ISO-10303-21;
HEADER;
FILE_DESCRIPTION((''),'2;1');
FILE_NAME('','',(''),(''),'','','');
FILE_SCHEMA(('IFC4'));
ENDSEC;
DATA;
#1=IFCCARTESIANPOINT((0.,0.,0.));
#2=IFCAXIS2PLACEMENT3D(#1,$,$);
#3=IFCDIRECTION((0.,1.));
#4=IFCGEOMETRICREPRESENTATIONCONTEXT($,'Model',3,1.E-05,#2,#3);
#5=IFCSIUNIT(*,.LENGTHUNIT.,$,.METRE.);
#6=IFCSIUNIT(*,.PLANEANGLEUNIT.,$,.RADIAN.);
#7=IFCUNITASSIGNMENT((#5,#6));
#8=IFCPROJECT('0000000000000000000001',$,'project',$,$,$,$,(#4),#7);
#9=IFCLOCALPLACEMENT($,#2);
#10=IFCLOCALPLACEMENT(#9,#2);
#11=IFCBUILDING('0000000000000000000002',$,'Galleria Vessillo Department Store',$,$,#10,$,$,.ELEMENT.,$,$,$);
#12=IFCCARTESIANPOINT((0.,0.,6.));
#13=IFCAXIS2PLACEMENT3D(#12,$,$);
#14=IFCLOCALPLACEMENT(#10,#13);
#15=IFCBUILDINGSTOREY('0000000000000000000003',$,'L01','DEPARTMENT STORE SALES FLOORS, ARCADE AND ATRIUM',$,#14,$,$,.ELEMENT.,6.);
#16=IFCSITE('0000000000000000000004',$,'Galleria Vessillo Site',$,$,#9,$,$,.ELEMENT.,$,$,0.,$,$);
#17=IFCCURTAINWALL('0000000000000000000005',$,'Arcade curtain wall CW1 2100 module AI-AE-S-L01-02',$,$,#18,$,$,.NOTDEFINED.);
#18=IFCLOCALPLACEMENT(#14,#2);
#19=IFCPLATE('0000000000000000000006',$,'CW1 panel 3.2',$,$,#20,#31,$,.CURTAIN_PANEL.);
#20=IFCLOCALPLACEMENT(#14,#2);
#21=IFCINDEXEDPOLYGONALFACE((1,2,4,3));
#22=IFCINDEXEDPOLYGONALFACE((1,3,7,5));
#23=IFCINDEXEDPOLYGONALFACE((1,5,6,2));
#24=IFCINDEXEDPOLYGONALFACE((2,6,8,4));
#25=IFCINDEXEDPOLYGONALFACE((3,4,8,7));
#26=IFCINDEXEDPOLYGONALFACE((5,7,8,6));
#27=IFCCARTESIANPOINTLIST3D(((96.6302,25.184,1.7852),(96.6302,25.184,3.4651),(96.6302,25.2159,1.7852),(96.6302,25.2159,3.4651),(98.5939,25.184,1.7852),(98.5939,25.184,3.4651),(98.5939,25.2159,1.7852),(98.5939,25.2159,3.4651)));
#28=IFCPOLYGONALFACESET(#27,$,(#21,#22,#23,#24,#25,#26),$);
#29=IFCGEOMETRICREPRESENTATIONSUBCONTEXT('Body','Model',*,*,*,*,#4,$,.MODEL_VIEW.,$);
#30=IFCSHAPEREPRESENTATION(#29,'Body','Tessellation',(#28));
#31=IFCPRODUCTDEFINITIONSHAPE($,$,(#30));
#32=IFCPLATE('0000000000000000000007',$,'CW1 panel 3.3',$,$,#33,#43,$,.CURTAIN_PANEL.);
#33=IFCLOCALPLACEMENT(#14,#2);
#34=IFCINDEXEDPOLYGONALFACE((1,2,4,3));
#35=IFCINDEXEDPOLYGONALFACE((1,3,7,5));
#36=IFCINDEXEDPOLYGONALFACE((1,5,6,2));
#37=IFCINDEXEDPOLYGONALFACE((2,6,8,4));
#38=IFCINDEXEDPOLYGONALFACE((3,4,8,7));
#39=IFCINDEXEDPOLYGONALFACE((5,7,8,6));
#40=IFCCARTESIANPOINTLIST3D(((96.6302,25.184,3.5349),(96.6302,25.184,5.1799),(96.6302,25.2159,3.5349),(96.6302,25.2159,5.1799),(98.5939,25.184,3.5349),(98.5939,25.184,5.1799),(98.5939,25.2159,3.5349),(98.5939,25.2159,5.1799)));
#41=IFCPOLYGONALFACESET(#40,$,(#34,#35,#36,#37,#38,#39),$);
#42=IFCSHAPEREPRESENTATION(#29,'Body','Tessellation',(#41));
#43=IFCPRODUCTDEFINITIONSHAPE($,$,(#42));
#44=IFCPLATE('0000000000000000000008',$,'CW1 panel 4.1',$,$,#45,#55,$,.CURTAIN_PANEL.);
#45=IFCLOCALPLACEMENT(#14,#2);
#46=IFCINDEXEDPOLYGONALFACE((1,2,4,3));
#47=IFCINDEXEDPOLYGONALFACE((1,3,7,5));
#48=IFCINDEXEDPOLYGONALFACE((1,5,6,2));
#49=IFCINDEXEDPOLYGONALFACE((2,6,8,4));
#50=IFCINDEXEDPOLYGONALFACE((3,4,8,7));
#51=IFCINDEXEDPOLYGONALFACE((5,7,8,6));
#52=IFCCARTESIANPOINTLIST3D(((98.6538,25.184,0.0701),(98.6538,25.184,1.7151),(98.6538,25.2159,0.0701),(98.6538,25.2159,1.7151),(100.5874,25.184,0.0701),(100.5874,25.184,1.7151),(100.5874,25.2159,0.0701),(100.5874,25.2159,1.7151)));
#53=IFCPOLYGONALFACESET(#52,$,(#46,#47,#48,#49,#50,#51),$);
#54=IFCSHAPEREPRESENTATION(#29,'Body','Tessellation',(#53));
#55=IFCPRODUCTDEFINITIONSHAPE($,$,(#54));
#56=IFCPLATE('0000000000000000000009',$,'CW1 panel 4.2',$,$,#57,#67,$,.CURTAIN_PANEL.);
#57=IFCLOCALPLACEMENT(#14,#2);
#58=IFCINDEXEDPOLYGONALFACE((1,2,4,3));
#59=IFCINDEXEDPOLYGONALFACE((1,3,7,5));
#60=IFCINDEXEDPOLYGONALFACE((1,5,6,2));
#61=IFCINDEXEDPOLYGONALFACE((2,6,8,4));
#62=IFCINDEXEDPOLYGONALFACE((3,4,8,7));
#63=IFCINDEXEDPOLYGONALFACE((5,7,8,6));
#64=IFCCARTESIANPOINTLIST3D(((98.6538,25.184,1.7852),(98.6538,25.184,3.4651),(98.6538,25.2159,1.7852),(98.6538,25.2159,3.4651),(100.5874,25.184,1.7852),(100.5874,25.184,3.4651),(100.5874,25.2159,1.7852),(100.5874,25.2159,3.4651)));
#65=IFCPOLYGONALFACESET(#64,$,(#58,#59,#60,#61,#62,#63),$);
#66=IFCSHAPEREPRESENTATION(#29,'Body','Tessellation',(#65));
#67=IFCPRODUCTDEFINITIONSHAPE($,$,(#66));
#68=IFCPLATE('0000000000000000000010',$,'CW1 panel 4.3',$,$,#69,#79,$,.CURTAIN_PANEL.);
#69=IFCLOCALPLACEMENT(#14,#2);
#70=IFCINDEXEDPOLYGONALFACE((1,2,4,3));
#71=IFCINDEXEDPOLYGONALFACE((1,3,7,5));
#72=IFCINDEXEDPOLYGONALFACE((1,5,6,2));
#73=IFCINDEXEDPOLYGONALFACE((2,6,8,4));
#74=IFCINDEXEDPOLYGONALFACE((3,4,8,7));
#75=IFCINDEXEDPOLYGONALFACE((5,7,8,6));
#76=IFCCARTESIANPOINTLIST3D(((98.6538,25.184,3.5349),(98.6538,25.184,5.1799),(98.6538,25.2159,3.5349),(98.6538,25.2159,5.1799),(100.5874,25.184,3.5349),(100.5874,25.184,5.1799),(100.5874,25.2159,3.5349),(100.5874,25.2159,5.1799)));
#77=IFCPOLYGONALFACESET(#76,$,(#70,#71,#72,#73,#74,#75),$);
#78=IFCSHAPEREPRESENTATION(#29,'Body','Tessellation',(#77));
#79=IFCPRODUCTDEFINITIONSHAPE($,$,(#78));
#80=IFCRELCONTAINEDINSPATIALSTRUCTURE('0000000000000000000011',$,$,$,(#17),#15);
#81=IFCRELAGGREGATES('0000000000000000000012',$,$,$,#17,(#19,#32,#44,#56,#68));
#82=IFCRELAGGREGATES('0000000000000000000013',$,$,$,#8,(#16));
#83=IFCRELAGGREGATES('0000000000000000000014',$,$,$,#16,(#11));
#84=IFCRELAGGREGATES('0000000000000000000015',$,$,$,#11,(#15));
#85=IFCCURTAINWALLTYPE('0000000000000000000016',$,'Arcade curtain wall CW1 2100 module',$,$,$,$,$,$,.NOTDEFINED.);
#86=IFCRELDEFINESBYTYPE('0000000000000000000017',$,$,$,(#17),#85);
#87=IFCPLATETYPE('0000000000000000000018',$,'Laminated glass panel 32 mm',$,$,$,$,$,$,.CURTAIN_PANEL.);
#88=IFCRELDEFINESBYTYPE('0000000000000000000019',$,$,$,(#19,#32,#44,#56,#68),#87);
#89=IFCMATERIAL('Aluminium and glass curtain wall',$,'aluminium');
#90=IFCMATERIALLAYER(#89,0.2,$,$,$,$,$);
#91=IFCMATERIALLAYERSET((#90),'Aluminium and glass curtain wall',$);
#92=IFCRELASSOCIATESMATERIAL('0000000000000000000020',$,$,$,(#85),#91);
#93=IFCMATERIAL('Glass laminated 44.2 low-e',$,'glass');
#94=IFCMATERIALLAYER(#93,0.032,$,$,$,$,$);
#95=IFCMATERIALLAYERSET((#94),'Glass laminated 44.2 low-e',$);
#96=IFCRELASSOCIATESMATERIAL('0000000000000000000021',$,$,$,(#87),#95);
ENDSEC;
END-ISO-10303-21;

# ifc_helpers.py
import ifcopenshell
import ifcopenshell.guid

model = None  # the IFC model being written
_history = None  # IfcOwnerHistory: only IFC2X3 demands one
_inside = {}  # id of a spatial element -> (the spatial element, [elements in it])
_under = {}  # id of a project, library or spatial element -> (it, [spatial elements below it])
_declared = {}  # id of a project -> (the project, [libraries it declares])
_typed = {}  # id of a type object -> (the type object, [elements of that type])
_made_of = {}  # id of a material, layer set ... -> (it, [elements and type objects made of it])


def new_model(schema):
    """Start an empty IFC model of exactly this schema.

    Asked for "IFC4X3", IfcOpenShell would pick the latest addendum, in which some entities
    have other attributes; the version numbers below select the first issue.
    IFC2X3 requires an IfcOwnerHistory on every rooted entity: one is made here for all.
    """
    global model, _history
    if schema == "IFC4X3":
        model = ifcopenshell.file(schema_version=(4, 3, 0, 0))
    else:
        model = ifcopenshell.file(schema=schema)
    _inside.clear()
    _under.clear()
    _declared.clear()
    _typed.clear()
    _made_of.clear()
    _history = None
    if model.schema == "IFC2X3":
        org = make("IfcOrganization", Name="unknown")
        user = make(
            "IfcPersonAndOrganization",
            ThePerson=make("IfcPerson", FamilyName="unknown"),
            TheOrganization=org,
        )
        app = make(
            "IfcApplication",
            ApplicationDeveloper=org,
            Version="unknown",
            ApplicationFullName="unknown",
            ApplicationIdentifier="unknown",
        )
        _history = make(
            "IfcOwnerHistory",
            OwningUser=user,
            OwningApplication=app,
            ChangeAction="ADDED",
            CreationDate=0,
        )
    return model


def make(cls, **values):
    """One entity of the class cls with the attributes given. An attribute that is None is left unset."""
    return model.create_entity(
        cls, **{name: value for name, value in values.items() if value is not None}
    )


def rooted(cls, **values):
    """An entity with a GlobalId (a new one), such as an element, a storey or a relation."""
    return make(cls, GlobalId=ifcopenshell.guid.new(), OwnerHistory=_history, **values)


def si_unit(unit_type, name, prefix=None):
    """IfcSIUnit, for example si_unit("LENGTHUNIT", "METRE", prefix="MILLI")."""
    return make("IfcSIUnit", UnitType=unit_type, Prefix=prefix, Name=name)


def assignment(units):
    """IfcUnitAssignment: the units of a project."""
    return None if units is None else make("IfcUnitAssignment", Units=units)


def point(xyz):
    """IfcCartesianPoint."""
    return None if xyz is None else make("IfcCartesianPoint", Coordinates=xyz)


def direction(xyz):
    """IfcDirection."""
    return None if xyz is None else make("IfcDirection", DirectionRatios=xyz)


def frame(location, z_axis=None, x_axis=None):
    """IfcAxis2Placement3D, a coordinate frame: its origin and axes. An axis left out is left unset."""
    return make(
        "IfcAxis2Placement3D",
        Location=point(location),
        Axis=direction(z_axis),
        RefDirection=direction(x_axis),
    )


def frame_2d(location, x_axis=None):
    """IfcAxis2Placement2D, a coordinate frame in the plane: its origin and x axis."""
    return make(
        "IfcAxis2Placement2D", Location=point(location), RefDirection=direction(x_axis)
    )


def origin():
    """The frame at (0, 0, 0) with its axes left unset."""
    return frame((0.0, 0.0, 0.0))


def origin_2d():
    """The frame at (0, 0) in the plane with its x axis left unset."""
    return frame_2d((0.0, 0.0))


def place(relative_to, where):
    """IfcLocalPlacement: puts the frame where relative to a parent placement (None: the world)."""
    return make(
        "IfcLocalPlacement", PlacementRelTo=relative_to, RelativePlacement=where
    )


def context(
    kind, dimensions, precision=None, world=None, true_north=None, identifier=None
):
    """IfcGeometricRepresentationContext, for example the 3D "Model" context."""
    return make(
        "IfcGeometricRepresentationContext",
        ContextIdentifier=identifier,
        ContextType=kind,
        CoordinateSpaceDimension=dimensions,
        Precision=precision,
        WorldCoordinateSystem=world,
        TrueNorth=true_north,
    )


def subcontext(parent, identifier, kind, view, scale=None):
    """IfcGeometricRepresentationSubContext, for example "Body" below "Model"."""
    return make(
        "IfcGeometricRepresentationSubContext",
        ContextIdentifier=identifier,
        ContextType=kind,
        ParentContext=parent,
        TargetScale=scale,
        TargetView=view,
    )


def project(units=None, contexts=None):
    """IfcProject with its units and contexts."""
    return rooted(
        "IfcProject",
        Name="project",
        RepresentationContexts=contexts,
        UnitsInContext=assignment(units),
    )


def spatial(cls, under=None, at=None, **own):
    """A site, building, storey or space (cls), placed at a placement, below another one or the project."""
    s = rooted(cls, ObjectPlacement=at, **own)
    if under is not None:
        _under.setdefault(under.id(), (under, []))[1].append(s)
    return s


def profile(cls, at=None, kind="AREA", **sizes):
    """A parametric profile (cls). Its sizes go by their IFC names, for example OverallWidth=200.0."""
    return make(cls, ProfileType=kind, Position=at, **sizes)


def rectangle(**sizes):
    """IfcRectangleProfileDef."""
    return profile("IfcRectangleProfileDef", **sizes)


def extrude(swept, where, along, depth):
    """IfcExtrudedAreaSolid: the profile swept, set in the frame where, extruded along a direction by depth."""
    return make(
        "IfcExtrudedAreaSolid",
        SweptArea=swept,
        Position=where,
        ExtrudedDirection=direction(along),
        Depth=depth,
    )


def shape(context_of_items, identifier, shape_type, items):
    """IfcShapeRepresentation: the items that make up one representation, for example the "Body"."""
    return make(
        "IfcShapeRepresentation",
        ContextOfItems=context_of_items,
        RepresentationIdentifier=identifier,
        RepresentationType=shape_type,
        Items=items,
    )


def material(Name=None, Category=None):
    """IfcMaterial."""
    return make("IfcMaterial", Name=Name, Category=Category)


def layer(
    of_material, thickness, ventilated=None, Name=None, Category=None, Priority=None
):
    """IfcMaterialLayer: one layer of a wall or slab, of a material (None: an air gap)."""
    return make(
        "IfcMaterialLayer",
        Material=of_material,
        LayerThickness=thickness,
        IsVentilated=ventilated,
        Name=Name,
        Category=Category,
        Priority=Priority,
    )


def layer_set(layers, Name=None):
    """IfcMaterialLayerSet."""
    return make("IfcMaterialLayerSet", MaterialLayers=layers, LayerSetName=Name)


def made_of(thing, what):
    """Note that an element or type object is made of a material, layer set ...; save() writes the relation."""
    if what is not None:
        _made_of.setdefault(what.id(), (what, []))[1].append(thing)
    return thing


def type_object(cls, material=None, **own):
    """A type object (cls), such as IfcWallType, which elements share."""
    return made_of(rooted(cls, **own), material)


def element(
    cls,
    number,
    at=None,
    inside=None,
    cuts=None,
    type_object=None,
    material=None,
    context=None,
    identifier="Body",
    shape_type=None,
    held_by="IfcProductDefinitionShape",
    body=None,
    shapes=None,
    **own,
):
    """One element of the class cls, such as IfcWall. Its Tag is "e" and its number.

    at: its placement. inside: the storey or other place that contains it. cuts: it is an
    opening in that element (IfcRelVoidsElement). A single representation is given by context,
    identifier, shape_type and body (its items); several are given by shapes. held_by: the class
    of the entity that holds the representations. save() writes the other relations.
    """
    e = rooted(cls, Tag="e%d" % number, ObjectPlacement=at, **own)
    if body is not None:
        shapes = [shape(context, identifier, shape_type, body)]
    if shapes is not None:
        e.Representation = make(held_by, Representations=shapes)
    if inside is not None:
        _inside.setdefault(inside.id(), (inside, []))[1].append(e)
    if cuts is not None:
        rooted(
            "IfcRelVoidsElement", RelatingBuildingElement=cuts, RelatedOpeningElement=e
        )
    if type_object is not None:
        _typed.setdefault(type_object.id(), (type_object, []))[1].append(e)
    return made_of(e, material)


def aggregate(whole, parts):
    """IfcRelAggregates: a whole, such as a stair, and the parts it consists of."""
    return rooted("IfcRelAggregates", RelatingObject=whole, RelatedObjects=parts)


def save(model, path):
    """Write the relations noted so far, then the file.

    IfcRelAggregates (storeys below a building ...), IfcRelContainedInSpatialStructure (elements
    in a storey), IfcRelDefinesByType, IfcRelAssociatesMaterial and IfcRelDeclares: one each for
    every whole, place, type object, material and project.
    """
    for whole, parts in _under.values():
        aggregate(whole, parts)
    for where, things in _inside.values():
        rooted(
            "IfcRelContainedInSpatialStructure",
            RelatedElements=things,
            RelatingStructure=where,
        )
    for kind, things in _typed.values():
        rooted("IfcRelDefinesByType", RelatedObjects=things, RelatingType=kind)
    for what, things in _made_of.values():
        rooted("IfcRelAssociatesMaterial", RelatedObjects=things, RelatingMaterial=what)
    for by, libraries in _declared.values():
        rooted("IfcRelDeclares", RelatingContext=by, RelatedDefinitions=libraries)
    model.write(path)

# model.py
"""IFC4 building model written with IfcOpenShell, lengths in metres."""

from ifc_helpers import new_model, si_unit, direction, frame, origin, origin_2d, place, context, subcontext, project, spatial, rectangle, extrude, material, layer, layer_set, type_object, element, aggregate, save


model = new_model("IFC4")

# Units and contexts
model_context = context("Model", 3, precision=1e-05, world=origin(), true_north=direction((0.0, 1.0)))
body_context = subcontext(model_context, "Body", "Model", "MODEL_VIEW")
ifc_project = project(units=[si_unit("LENGTHUNIT", "METRE"), si_unit("PLANEANGLEUNIT", "RADIAN")], contexts=[model_context])

# Site, building, storey
site_placement = place(None, origin())
site = spatial("IfcSite", under=ifc_project, at=site_placement, Name="Galleria Vessillo Site", CompositionType="ELEMENT", RefElevation=0.0)
building_placement = place(site_placement, origin())
building = spatial("IfcBuilding", under=site, at=building_placement, Name="Galleria Vessillo Department Store", CompositionType="ELEMENT")
storey_placement = place(building_placement, frame((0.0, 0.0, 6.0)))
storey = spatial("IfcBuildingStorey", under=building, at=storey_placement, Name="L01", Description="DEPARTMENT STORE SALES FLOORS, ARCADE AND ATRIUM", CompositionType="ELEMENT", Elevation=6.0)

# Curtain wall
ifc_material_1 = material(Name="Aluminium and glass curtain wall", Category="aluminium")
ifc_layer_1 = layer(ifc_material_1, 0.2)
ifc_layer_set_1 = layer_set([ifc_layer_1], Name="Aluminium and glass curtain wall")
curtain_wall_type_1 = type_object("IfcCurtainWallType", Name="Arcade curtain wall CW1 2100 module", PredefinedType="NOTDEFINED", material=ifc_layer_set_1)
curtain_wall_1_placement = place(storey_placement, origin())
curtain_wall_1 = element("IfcCurtainWall", 1, at=curtain_wall_1_placement, inside=storey, type_object=curtain_wall_type_1, Name="Arcade curtain wall CW1 2100 module AI-AE-S-L01-02", PredefinedType="NOTDEFINED")

# Plates
ifc_material_2 = material(Name="Glass laminated 44.2 low-e", Category="glass")
ifc_layer_2 = layer(ifc_material_2, 0.032)
ifc_layer_set_2 = layer_set([ifc_layer_2], Name="Glass laminated 44.2 low-e")
plate_type_1 = type_object("IfcPlateType", Name="Laminated glass panel 32 mm", PredefinedType="CURTAIN_PANEL", material=ifc_layer_set_2)
plate_1_placement = place(storey_placement, frame((97.6121, 25.2, 1.7852), z_axis=(0.0, 0.0, 1.0), x_axis=(1.0, 0.0, 0.0)))
plate_1 = element("IfcPlate", 2, at=plate_1_placement, type_object=plate_type_1, Name="CW1 panel 3.2", PredefinedType="CURTAIN_PANEL", context=body_context, shape_type="SweptSolid", body=[
    extrude(rectangle(XDim=1.9636, YDim=0.032, at=origin_2d()), origin(), (0.0, 0.0, 1.0), 1.6799),
])
plate_2_placement = place(storey_placement, frame((97.6121, 25.2, 3.5349), z_axis=(0.0, 0.0, 1.0), x_axis=(1.0, 0.0, 0.0)))
plate_2 = element("IfcPlate", 3, at=plate_2_placement, type_object=plate_type_1, Name="CW1 panel 3.3", PredefinedType="CURTAIN_PANEL", context=body_context, shape_type="SweptSolid", body=[
    extrude(rectangle(XDim=1.9636, YDim=0.032, at=origin_2d()), origin(), (0.0, 0.0, 1.0), 1.645),
])
plate_3_placement = place(storey_placement, frame((99.6206, 25.2, 0.0701), z_axis=(0.0, 0.0, 1.0), x_axis=(1.0, 0.0, 0.0)))
plate_3 = element("IfcPlate", 4, at=plate_3_placement, type_object=plate_type_1, Name="CW1 panel 4.1", PredefinedType="CURTAIN_PANEL", context=body_context, shape_type="SweptSolid", body=[
    extrude(rectangle(XDim=1.9336, YDim=0.032, at=origin_2d()), origin(), (0.0, 0.0, 1.0), 1.645),
])
plate_4_placement = place(storey_placement, frame((99.6206, 25.2, 1.7852), z_axis=(0.0, 0.0, 1.0), x_axis=(1.0, 0.0, 0.0)))
plate_4 = element("IfcPlate", 5, at=plate_4_placement, type_object=plate_type_1, Name="CW1 panel 4.2", PredefinedType="CURTAIN_PANEL", context=body_context, shape_type="SweptSolid", body=[
    extrude(rectangle(XDim=1.9336, YDim=0.032, at=origin_2d()), origin(), (0.0, 0.0, 1.0), 1.6799),
])
plate_5_placement = place(storey_placement, frame((99.6206, 25.2, 3.5349), z_axis=(0.0, 0.0, 1.0), x_axis=(1.0, 0.0, 0.0)))
plate_5 = element("IfcPlate", 6, at=plate_5_placement, type_object=plate_type_1, Name="CW1 panel 4.3", PredefinedType="CURTAIN_PANEL", context=body_context, shape_type="SweptSolid", body=[
    extrude(rectangle(XDim=1.9336, YDim=0.032, at=origin_2d()), origin(), (0.0, 0.0, 1.0), 1.645),
])
aggregate(curtain_wall_1, [plate_1, plate_2, plate_3, plate_4, plate_5])

save(model, "model.ifc")
